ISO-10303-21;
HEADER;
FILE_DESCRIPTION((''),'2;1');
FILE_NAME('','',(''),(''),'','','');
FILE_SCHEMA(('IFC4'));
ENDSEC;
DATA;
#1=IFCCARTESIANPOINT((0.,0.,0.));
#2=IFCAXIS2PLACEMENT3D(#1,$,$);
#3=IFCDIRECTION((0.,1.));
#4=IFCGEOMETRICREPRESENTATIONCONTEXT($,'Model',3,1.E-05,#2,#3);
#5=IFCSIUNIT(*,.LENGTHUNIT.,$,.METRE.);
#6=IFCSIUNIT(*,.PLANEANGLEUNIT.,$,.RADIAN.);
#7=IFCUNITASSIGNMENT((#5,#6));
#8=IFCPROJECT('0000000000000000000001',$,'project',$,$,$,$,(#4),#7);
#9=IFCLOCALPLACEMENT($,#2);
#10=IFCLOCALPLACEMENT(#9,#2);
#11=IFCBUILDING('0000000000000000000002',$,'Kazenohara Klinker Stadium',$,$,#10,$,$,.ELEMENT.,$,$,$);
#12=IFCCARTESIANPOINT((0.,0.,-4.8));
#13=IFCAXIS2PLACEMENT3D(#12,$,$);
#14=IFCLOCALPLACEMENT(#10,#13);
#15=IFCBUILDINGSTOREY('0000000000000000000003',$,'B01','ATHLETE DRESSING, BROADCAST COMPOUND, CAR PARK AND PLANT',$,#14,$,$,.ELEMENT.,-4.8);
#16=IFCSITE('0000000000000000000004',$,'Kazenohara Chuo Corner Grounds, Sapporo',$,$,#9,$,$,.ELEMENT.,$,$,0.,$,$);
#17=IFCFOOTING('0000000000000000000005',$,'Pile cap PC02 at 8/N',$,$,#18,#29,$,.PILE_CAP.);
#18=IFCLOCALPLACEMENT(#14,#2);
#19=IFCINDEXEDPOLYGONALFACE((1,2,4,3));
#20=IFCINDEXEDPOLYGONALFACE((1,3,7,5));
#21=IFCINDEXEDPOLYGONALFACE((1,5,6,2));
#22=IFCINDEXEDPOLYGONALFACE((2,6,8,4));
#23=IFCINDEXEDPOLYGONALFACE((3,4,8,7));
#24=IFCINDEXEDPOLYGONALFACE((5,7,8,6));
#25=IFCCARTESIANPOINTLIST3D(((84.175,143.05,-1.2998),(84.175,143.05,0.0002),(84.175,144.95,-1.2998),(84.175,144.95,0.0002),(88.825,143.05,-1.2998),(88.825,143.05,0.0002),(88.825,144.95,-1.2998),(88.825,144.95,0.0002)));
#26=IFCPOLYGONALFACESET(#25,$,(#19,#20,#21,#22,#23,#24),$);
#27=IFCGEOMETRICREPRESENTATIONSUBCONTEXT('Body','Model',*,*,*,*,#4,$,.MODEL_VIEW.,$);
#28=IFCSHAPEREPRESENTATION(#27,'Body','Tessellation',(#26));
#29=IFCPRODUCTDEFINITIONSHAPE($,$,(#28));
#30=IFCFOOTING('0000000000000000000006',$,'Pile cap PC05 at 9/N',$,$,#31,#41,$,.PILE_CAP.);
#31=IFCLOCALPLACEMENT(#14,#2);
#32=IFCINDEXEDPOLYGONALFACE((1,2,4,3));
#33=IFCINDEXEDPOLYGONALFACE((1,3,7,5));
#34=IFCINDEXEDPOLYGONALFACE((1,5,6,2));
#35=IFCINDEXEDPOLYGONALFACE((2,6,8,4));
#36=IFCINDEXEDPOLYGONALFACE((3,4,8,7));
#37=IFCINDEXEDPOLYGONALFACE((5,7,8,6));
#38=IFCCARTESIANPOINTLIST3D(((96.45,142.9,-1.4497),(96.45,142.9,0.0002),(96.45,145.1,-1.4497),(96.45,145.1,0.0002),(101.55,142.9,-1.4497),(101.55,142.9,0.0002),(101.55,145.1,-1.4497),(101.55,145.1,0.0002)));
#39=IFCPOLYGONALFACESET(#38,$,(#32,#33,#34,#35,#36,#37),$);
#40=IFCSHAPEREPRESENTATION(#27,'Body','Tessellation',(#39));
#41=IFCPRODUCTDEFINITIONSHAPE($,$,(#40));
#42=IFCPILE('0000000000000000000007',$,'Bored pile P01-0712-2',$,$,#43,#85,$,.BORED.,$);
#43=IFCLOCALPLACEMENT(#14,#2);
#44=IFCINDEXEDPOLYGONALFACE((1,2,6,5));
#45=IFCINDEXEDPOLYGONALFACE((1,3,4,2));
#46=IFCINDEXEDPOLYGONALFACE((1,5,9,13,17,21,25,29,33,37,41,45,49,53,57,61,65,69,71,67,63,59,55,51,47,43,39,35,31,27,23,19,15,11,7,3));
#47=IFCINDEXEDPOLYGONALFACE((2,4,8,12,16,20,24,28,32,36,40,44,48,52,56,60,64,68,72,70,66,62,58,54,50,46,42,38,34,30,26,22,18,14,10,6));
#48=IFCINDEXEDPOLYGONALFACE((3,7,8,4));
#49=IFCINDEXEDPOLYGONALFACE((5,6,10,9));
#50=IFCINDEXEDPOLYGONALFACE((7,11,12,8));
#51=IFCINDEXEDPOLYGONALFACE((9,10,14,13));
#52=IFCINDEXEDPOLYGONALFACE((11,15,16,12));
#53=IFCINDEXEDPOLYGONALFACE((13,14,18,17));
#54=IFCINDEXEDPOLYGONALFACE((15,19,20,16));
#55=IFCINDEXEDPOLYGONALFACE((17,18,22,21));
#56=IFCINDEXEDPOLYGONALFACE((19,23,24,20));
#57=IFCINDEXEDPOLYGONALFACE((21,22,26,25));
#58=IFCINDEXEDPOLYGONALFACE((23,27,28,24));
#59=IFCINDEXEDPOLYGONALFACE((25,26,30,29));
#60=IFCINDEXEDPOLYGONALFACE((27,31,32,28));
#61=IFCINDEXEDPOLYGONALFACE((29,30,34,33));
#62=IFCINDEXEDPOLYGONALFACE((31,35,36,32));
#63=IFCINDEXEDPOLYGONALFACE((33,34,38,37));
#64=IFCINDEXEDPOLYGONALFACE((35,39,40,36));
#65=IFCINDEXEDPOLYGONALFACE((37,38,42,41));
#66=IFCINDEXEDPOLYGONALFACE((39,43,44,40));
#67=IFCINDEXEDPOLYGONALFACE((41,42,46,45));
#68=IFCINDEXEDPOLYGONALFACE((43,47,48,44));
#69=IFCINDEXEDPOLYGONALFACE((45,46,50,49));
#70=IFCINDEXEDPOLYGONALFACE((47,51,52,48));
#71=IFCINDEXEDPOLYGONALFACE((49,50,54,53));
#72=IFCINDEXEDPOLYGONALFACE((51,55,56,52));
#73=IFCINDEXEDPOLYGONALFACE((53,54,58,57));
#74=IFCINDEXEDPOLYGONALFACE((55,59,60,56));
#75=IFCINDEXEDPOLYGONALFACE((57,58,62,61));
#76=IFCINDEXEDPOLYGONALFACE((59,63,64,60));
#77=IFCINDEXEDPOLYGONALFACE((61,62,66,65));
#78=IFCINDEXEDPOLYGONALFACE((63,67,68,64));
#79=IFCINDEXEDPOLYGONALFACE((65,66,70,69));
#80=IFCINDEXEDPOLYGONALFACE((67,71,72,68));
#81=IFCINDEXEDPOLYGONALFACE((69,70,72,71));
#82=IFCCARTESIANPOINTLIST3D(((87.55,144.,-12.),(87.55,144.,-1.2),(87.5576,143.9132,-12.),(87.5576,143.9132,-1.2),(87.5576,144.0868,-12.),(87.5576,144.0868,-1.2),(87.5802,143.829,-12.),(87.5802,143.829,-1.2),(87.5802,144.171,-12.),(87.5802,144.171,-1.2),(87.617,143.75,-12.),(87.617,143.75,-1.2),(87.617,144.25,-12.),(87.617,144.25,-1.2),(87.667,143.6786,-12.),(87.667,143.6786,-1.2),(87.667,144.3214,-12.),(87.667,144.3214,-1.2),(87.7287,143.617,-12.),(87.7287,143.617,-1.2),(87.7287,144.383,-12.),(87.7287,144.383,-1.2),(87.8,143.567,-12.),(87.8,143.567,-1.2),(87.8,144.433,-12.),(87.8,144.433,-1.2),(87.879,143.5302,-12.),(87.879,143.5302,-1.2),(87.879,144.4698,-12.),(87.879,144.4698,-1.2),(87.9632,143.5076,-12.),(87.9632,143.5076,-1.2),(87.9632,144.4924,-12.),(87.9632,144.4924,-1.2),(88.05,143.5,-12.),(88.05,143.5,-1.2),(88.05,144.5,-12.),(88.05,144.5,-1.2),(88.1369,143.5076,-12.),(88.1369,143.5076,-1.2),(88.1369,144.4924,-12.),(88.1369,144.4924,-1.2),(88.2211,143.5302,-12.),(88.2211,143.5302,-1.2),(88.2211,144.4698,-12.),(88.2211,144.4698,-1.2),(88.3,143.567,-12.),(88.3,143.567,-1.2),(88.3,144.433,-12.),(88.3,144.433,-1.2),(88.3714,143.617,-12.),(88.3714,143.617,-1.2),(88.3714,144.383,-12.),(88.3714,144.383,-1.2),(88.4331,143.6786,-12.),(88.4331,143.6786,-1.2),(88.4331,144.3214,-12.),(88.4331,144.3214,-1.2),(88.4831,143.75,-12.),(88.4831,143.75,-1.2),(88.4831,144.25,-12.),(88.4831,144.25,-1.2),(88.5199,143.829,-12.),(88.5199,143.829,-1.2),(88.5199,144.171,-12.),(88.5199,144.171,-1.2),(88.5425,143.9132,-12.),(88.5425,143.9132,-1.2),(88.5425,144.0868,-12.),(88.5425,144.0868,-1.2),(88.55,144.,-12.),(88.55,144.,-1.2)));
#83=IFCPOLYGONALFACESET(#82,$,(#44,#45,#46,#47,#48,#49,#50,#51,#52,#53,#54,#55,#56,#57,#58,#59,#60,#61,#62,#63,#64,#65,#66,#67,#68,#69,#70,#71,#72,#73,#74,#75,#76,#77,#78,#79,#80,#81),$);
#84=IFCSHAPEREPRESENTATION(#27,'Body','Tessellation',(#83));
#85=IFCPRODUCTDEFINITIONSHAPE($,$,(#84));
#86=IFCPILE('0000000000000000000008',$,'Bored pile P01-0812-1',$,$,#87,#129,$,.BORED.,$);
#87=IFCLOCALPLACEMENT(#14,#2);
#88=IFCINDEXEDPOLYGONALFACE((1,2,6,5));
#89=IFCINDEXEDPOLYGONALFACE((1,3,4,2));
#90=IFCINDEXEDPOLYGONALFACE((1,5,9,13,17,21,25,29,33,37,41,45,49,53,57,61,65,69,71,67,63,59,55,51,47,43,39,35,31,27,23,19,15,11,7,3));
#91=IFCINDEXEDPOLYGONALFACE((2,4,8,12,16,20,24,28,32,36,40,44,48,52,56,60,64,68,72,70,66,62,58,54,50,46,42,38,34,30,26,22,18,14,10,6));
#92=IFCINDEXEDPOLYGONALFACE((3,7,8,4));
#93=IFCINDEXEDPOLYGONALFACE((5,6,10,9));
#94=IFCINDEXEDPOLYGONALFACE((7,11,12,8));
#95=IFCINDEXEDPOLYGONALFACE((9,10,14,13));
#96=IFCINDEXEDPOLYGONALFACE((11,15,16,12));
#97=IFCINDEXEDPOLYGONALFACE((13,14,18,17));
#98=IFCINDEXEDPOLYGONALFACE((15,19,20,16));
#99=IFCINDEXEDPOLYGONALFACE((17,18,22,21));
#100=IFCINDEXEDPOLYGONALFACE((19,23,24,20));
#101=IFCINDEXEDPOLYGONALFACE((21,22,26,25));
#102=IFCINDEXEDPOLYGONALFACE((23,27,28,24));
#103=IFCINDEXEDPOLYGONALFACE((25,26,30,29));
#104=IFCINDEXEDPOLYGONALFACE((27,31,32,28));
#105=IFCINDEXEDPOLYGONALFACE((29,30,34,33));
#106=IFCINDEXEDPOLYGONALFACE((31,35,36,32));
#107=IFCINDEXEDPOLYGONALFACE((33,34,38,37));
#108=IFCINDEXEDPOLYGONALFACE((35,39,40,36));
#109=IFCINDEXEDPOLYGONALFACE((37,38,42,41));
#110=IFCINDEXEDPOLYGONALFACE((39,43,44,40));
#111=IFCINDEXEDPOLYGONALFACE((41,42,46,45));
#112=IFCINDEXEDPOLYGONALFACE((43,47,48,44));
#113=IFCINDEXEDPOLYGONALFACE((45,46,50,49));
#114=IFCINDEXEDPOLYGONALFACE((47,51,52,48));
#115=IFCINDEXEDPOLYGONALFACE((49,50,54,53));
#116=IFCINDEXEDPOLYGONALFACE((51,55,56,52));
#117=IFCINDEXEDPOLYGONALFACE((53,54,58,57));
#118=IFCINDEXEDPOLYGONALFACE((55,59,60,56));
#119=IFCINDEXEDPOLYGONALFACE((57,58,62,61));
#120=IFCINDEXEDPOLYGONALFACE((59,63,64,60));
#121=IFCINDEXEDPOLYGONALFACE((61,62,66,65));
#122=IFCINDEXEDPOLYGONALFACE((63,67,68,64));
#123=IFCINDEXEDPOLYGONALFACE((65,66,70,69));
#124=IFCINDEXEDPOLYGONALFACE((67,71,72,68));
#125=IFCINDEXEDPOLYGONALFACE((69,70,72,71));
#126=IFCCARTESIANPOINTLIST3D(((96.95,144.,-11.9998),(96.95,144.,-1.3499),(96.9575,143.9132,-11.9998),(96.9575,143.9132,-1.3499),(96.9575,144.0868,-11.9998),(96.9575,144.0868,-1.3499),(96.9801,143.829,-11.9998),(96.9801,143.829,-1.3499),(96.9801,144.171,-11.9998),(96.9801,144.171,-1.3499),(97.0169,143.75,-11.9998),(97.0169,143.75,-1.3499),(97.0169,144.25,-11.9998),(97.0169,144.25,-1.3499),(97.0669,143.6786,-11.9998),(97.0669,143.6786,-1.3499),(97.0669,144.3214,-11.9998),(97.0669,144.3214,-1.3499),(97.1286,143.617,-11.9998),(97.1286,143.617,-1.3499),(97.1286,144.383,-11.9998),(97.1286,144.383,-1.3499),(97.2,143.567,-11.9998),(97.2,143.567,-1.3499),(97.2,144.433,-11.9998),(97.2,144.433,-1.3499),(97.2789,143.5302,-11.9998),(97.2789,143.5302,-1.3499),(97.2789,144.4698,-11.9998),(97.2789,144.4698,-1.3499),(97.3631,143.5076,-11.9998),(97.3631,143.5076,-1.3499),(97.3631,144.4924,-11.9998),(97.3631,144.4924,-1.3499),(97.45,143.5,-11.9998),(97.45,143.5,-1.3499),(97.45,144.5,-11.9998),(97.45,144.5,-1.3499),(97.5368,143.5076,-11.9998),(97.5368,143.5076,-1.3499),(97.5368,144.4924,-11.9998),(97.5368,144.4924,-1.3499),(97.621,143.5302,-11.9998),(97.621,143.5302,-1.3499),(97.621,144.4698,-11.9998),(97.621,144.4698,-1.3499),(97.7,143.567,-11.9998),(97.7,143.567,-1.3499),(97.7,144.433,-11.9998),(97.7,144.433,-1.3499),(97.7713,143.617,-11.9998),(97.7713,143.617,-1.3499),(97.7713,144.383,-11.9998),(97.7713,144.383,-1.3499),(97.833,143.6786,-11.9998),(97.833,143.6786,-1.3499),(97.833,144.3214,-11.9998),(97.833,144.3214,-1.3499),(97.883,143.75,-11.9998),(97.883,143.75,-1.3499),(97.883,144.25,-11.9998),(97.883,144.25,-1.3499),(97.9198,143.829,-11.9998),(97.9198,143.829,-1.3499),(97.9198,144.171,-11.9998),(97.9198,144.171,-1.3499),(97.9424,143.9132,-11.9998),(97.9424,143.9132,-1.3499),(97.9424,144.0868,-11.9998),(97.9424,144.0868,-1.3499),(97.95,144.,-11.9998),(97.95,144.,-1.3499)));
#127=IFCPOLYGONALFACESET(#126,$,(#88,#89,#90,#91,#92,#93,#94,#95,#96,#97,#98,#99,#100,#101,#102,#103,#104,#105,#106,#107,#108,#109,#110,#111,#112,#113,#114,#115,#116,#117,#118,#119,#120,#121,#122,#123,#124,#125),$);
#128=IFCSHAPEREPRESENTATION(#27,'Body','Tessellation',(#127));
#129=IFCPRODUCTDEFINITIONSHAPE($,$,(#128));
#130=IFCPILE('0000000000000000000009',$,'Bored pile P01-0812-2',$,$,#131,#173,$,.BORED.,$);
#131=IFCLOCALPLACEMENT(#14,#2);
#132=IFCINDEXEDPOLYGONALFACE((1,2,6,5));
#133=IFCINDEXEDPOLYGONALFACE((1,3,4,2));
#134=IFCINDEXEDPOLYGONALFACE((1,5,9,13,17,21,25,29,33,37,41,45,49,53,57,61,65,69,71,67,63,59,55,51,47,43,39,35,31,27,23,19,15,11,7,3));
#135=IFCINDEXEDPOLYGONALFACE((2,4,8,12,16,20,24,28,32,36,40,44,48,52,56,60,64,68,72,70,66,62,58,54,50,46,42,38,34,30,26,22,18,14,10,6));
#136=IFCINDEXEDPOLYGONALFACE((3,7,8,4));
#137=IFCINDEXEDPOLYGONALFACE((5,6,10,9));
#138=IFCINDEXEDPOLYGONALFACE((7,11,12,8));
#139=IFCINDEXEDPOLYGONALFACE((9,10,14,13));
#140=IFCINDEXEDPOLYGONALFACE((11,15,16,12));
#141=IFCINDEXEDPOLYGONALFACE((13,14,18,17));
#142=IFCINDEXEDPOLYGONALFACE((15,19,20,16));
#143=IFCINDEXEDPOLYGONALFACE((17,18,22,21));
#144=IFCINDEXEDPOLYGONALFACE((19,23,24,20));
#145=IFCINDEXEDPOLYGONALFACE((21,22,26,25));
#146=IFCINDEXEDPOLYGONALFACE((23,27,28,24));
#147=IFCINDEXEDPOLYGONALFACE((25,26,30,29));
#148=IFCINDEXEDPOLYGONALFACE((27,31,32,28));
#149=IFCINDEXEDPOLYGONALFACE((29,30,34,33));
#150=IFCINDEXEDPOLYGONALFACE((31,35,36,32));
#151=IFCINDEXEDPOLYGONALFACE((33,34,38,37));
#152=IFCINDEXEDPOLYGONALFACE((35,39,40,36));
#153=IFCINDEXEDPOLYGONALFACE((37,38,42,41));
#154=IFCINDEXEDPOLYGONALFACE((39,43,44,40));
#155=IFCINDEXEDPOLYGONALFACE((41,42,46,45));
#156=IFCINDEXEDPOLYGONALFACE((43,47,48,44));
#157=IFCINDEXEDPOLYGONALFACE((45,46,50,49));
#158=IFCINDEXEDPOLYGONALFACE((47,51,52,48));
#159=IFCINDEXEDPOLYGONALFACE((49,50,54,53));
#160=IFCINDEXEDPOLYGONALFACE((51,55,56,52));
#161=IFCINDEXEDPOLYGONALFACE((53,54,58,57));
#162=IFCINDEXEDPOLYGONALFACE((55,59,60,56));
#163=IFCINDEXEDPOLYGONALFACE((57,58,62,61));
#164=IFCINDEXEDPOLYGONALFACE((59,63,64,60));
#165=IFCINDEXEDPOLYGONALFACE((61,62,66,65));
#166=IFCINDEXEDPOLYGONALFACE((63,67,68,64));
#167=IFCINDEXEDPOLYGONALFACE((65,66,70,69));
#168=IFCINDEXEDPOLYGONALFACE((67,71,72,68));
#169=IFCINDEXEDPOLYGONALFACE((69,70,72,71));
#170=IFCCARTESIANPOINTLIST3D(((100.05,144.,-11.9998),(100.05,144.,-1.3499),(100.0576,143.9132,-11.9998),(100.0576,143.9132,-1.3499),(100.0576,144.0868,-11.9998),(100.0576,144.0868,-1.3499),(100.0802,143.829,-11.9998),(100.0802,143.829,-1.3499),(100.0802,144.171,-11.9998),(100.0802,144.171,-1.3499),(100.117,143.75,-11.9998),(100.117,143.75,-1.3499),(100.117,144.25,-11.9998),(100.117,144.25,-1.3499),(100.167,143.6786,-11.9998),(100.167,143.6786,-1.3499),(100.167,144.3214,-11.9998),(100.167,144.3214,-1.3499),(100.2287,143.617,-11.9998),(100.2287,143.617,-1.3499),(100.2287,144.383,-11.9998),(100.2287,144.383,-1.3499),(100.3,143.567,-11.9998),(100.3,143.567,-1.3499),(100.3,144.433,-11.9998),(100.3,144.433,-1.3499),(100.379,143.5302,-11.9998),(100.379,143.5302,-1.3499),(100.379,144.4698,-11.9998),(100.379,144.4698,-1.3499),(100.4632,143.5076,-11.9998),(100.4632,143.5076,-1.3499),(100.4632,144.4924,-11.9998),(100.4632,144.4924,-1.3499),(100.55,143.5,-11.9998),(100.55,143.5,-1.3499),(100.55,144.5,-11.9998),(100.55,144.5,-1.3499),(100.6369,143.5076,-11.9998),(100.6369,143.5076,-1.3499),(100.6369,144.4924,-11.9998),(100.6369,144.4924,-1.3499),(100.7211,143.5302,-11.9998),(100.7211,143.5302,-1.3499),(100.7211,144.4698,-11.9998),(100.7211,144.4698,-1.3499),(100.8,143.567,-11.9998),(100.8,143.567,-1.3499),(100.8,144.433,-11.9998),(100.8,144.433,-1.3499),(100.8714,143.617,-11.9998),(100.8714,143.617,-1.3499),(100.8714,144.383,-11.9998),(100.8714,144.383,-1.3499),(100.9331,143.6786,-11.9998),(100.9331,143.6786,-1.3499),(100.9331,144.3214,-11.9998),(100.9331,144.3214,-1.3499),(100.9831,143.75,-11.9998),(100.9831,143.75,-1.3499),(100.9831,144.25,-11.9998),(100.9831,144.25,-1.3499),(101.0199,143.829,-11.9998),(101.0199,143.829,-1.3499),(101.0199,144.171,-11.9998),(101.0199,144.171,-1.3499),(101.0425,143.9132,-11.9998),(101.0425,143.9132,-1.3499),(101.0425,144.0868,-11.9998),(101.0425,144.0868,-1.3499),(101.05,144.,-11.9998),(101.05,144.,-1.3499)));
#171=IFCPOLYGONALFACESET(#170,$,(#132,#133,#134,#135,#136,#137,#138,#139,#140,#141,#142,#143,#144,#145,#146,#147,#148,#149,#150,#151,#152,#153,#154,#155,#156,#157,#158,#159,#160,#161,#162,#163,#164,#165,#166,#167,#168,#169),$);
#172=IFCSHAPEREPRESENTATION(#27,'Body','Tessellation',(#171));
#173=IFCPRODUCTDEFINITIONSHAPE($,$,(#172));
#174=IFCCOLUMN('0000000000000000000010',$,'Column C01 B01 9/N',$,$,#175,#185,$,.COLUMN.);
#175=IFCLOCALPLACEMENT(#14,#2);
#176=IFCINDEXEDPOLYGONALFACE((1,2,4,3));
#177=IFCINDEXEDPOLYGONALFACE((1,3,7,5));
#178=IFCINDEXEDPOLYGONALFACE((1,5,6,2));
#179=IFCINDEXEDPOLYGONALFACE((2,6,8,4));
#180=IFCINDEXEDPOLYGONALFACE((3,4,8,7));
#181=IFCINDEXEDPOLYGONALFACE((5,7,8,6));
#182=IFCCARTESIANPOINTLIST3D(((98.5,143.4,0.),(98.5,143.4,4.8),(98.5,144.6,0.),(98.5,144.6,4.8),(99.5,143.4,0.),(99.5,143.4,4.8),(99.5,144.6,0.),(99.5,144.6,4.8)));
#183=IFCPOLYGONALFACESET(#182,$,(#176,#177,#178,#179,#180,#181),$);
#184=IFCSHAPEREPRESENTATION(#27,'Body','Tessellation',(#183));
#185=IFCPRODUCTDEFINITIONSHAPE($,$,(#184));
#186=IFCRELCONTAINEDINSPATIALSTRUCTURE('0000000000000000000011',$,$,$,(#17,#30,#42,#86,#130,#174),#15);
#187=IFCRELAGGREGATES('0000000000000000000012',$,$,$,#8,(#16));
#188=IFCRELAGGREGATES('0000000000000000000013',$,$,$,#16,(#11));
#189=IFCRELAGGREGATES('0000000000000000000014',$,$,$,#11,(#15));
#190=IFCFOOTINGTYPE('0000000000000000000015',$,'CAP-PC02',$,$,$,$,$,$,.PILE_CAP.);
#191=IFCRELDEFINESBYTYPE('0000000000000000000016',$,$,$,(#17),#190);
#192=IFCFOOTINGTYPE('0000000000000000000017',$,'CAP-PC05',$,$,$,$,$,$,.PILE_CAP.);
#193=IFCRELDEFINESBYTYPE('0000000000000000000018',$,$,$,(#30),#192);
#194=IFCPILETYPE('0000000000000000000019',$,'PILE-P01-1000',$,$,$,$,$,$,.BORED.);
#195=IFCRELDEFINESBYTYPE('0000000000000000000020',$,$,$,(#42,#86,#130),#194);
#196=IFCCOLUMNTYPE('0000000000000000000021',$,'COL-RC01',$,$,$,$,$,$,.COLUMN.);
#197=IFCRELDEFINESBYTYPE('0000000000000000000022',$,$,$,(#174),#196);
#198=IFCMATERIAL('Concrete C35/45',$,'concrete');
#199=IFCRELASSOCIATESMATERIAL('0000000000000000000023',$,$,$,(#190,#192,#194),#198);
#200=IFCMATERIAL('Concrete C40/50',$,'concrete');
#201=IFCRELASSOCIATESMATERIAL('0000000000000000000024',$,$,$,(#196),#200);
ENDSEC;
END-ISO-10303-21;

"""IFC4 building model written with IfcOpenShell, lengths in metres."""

from ifc_helpers import new_model, si_unit, direction, frame, origin, origin_2d, place, context, subcontext, project, spatial, rectangle, circle, extrude, material, material_profile, profile_set, type_object, element, save


model = new_model("IFC4")

# Units and contexts
model_context = context("Model", 3, precision=1e-05, world=origin(), true_north=direction((0.0, 1.0)))
body_context = subcontext(model_context, "Body", "Model", "MODEL_VIEW")
ifc_project = project(units=[si_unit("LENGTHUNIT", "METRE"), si_unit("PLANEANGLEUNIT", "RADIAN")], contexts=[model_context])

# Site, building, storey
site_placement = place(None, origin())
site = spatial("IfcSite", under=ifc_project, at=site_placement, Name="Kazenohara Chuo Corner Grounds, Sapporo", CompositionType="ELEMENT", RefElevation=0.0)
building_placement = place(site_placement, origin())
building = spatial("IfcBuilding", under=site, at=building_placement, Name="Kazenohara Klinker Stadium", CompositionType="ELEMENT")
storey_placement = place(building_placement, frame((0.0, 0.0, -4.8)))
storey = spatial("IfcBuildingStorey", under=building, at=storey_placement, Name="B01", Description="ATHLETE DRESSING, BROADCAST COMPOUND, CAR PARK AND PLANT", CompositionType="ELEMENT", Elevation=-4.8)

# Footings
ifc_material_1 = material(Name="Concrete C35/45", Category="concrete")
footing_type_1 = type_object("IfcFootingType", Name="CAP-PC02", PredefinedType="PILE_CAP", material=ifc_material_1)
footing_1_placement = place(storey_placement, frame((86.5, 144.0, -1.2998), z_axis=(0.0, 0.0, 1.0), x_axis=(1.0, 0.0, 0.0)))
element("IfcFooting", 1, at=footing_1_placement, inside=storey, type_object=footing_type_1, Name="Pile cap PC02 at 8/N", PredefinedType="PILE_CAP", context=body_context, shape_type="SweptSolid", body=[
    extrude(rectangle(XDim=4.6499, YDim=1.8999, at=origin_2d()), origin(), (0.0, 0.0, 1.0), 1.3),
])
footing_type_2 = type_object("IfcFootingType", Name="CAP-PC05", PredefinedType="PILE_CAP", material=ifc_material_1)
footing_2_placement = place(storey_placement, frame((99.0, 144.0, -1.4497), z_axis=(0.0, 0.0, 1.0), x_axis=(1.0, 0.0, 0.0)))
element("IfcFooting", 2, at=footing_2_placement, inside=storey, type_object=footing_type_2, Name="Pile cap PC05 at 9/N", PredefinedType="PILE_CAP", context=body_context, shape_type="SweptSolid", body=[
    extrude(rectangle(XDim=5.1001, YDim=2.2, at=origin_2d()), origin(), (0.0, 0.0, 1.0), 1.45),
])

# Piles
ifc_material_profile_1 = material_profile(ifc_material_1, circle(Radius=0.5, at=origin_2d()), Name="BORED-PILE-1000")
ifc_profile_set_1 = profile_set([ifc_material_profile_1], Name="Concrete C35/45")
pile_type = type_object("IfcPileType", Name="PILE-P01-1000", PredefinedType="BORED", material=ifc_profile_set_1)
pile_placement = place(storey_placement, frame((88.05, 144.0, -1.2), z_axis=(0.0, 0.0, -1.0), x_axis=(1.0, 0.0, 0.0)))
element("IfcPile", 3, at=pile_placement, inside=storey, type_object=pile_type, Name="Bored pile P01-0712-2", PredefinedType="BORED", context=body_context, shape_type="SweptSolid", body=[
    extrude(circle(Radius=0.5, at=origin_2d()), origin(), (0.0, 0.0, 1.0), 10.8),
])
for number, where, z_axis, x_axis, name in (
    (4, (97.45, 144.0, -1.3499), (0.0, 0.0, -1.0), (1.0, 0.0, 0.0), "Bored pile P01-0812-1"),
    (5, (100.55, 144.0, -1.3499), (0.0, 0.0, -1.0), (1.0, 0.0, 0.0), "Bored pile P01-0812-2"),
):
    element("IfcPile", number, at=place(storey_placement, frame(where, z_axis=z_axis, x_axis=x_axis)), inside=storey, type_object=pile_type, Name=name, PredefinedType="BORED", context=body_context, shape_type="SweptSolid", body=[
        extrude(circle(Radius=0.5, at=origin_2d()), origin(), (0.0, 0.0, 1.0), 10.6499),
    ])

# Column
ifc_material_2 = material(Name="Concrete C40/50", Category="concrete")
ifc_material_profile_2 = material_profile(ifc_material_2, rectangle(XDim=1.0, YDim=1.2, at=origin_2d()), Name="RC-COL-1200x1000")
ifc_profile_set_2 = profile_set([ifc_material_profile_2], Name="Concrete C40/50")
column_type_1 = type_object("IfcColumnType", Name="COL-RC01", PredefinedType="COLUMN", material=ifc_profile_set_2)
column_1_placement = place(storey_placement, frame((99.0, 144.0, 0.0), z_axis=(0.0, 0.0, 1.0), x_axis=(1.0, 0.0, 0.0)))
element("IfcColumn", 6, at=column_1_placement, inside=storey, type_object=column_type_1, Name="Column C01 B01 9/N", PredefinedType="COLUMN", context=body_context, shape_type="SweptSolid", body=[
    extrude(rectangle(XDim=1.0, YDim=1.2, at=origin_2d()), origin(), (0.0, 0.0, 1.0), 4.8),
])

save(model, "model.ifc")
